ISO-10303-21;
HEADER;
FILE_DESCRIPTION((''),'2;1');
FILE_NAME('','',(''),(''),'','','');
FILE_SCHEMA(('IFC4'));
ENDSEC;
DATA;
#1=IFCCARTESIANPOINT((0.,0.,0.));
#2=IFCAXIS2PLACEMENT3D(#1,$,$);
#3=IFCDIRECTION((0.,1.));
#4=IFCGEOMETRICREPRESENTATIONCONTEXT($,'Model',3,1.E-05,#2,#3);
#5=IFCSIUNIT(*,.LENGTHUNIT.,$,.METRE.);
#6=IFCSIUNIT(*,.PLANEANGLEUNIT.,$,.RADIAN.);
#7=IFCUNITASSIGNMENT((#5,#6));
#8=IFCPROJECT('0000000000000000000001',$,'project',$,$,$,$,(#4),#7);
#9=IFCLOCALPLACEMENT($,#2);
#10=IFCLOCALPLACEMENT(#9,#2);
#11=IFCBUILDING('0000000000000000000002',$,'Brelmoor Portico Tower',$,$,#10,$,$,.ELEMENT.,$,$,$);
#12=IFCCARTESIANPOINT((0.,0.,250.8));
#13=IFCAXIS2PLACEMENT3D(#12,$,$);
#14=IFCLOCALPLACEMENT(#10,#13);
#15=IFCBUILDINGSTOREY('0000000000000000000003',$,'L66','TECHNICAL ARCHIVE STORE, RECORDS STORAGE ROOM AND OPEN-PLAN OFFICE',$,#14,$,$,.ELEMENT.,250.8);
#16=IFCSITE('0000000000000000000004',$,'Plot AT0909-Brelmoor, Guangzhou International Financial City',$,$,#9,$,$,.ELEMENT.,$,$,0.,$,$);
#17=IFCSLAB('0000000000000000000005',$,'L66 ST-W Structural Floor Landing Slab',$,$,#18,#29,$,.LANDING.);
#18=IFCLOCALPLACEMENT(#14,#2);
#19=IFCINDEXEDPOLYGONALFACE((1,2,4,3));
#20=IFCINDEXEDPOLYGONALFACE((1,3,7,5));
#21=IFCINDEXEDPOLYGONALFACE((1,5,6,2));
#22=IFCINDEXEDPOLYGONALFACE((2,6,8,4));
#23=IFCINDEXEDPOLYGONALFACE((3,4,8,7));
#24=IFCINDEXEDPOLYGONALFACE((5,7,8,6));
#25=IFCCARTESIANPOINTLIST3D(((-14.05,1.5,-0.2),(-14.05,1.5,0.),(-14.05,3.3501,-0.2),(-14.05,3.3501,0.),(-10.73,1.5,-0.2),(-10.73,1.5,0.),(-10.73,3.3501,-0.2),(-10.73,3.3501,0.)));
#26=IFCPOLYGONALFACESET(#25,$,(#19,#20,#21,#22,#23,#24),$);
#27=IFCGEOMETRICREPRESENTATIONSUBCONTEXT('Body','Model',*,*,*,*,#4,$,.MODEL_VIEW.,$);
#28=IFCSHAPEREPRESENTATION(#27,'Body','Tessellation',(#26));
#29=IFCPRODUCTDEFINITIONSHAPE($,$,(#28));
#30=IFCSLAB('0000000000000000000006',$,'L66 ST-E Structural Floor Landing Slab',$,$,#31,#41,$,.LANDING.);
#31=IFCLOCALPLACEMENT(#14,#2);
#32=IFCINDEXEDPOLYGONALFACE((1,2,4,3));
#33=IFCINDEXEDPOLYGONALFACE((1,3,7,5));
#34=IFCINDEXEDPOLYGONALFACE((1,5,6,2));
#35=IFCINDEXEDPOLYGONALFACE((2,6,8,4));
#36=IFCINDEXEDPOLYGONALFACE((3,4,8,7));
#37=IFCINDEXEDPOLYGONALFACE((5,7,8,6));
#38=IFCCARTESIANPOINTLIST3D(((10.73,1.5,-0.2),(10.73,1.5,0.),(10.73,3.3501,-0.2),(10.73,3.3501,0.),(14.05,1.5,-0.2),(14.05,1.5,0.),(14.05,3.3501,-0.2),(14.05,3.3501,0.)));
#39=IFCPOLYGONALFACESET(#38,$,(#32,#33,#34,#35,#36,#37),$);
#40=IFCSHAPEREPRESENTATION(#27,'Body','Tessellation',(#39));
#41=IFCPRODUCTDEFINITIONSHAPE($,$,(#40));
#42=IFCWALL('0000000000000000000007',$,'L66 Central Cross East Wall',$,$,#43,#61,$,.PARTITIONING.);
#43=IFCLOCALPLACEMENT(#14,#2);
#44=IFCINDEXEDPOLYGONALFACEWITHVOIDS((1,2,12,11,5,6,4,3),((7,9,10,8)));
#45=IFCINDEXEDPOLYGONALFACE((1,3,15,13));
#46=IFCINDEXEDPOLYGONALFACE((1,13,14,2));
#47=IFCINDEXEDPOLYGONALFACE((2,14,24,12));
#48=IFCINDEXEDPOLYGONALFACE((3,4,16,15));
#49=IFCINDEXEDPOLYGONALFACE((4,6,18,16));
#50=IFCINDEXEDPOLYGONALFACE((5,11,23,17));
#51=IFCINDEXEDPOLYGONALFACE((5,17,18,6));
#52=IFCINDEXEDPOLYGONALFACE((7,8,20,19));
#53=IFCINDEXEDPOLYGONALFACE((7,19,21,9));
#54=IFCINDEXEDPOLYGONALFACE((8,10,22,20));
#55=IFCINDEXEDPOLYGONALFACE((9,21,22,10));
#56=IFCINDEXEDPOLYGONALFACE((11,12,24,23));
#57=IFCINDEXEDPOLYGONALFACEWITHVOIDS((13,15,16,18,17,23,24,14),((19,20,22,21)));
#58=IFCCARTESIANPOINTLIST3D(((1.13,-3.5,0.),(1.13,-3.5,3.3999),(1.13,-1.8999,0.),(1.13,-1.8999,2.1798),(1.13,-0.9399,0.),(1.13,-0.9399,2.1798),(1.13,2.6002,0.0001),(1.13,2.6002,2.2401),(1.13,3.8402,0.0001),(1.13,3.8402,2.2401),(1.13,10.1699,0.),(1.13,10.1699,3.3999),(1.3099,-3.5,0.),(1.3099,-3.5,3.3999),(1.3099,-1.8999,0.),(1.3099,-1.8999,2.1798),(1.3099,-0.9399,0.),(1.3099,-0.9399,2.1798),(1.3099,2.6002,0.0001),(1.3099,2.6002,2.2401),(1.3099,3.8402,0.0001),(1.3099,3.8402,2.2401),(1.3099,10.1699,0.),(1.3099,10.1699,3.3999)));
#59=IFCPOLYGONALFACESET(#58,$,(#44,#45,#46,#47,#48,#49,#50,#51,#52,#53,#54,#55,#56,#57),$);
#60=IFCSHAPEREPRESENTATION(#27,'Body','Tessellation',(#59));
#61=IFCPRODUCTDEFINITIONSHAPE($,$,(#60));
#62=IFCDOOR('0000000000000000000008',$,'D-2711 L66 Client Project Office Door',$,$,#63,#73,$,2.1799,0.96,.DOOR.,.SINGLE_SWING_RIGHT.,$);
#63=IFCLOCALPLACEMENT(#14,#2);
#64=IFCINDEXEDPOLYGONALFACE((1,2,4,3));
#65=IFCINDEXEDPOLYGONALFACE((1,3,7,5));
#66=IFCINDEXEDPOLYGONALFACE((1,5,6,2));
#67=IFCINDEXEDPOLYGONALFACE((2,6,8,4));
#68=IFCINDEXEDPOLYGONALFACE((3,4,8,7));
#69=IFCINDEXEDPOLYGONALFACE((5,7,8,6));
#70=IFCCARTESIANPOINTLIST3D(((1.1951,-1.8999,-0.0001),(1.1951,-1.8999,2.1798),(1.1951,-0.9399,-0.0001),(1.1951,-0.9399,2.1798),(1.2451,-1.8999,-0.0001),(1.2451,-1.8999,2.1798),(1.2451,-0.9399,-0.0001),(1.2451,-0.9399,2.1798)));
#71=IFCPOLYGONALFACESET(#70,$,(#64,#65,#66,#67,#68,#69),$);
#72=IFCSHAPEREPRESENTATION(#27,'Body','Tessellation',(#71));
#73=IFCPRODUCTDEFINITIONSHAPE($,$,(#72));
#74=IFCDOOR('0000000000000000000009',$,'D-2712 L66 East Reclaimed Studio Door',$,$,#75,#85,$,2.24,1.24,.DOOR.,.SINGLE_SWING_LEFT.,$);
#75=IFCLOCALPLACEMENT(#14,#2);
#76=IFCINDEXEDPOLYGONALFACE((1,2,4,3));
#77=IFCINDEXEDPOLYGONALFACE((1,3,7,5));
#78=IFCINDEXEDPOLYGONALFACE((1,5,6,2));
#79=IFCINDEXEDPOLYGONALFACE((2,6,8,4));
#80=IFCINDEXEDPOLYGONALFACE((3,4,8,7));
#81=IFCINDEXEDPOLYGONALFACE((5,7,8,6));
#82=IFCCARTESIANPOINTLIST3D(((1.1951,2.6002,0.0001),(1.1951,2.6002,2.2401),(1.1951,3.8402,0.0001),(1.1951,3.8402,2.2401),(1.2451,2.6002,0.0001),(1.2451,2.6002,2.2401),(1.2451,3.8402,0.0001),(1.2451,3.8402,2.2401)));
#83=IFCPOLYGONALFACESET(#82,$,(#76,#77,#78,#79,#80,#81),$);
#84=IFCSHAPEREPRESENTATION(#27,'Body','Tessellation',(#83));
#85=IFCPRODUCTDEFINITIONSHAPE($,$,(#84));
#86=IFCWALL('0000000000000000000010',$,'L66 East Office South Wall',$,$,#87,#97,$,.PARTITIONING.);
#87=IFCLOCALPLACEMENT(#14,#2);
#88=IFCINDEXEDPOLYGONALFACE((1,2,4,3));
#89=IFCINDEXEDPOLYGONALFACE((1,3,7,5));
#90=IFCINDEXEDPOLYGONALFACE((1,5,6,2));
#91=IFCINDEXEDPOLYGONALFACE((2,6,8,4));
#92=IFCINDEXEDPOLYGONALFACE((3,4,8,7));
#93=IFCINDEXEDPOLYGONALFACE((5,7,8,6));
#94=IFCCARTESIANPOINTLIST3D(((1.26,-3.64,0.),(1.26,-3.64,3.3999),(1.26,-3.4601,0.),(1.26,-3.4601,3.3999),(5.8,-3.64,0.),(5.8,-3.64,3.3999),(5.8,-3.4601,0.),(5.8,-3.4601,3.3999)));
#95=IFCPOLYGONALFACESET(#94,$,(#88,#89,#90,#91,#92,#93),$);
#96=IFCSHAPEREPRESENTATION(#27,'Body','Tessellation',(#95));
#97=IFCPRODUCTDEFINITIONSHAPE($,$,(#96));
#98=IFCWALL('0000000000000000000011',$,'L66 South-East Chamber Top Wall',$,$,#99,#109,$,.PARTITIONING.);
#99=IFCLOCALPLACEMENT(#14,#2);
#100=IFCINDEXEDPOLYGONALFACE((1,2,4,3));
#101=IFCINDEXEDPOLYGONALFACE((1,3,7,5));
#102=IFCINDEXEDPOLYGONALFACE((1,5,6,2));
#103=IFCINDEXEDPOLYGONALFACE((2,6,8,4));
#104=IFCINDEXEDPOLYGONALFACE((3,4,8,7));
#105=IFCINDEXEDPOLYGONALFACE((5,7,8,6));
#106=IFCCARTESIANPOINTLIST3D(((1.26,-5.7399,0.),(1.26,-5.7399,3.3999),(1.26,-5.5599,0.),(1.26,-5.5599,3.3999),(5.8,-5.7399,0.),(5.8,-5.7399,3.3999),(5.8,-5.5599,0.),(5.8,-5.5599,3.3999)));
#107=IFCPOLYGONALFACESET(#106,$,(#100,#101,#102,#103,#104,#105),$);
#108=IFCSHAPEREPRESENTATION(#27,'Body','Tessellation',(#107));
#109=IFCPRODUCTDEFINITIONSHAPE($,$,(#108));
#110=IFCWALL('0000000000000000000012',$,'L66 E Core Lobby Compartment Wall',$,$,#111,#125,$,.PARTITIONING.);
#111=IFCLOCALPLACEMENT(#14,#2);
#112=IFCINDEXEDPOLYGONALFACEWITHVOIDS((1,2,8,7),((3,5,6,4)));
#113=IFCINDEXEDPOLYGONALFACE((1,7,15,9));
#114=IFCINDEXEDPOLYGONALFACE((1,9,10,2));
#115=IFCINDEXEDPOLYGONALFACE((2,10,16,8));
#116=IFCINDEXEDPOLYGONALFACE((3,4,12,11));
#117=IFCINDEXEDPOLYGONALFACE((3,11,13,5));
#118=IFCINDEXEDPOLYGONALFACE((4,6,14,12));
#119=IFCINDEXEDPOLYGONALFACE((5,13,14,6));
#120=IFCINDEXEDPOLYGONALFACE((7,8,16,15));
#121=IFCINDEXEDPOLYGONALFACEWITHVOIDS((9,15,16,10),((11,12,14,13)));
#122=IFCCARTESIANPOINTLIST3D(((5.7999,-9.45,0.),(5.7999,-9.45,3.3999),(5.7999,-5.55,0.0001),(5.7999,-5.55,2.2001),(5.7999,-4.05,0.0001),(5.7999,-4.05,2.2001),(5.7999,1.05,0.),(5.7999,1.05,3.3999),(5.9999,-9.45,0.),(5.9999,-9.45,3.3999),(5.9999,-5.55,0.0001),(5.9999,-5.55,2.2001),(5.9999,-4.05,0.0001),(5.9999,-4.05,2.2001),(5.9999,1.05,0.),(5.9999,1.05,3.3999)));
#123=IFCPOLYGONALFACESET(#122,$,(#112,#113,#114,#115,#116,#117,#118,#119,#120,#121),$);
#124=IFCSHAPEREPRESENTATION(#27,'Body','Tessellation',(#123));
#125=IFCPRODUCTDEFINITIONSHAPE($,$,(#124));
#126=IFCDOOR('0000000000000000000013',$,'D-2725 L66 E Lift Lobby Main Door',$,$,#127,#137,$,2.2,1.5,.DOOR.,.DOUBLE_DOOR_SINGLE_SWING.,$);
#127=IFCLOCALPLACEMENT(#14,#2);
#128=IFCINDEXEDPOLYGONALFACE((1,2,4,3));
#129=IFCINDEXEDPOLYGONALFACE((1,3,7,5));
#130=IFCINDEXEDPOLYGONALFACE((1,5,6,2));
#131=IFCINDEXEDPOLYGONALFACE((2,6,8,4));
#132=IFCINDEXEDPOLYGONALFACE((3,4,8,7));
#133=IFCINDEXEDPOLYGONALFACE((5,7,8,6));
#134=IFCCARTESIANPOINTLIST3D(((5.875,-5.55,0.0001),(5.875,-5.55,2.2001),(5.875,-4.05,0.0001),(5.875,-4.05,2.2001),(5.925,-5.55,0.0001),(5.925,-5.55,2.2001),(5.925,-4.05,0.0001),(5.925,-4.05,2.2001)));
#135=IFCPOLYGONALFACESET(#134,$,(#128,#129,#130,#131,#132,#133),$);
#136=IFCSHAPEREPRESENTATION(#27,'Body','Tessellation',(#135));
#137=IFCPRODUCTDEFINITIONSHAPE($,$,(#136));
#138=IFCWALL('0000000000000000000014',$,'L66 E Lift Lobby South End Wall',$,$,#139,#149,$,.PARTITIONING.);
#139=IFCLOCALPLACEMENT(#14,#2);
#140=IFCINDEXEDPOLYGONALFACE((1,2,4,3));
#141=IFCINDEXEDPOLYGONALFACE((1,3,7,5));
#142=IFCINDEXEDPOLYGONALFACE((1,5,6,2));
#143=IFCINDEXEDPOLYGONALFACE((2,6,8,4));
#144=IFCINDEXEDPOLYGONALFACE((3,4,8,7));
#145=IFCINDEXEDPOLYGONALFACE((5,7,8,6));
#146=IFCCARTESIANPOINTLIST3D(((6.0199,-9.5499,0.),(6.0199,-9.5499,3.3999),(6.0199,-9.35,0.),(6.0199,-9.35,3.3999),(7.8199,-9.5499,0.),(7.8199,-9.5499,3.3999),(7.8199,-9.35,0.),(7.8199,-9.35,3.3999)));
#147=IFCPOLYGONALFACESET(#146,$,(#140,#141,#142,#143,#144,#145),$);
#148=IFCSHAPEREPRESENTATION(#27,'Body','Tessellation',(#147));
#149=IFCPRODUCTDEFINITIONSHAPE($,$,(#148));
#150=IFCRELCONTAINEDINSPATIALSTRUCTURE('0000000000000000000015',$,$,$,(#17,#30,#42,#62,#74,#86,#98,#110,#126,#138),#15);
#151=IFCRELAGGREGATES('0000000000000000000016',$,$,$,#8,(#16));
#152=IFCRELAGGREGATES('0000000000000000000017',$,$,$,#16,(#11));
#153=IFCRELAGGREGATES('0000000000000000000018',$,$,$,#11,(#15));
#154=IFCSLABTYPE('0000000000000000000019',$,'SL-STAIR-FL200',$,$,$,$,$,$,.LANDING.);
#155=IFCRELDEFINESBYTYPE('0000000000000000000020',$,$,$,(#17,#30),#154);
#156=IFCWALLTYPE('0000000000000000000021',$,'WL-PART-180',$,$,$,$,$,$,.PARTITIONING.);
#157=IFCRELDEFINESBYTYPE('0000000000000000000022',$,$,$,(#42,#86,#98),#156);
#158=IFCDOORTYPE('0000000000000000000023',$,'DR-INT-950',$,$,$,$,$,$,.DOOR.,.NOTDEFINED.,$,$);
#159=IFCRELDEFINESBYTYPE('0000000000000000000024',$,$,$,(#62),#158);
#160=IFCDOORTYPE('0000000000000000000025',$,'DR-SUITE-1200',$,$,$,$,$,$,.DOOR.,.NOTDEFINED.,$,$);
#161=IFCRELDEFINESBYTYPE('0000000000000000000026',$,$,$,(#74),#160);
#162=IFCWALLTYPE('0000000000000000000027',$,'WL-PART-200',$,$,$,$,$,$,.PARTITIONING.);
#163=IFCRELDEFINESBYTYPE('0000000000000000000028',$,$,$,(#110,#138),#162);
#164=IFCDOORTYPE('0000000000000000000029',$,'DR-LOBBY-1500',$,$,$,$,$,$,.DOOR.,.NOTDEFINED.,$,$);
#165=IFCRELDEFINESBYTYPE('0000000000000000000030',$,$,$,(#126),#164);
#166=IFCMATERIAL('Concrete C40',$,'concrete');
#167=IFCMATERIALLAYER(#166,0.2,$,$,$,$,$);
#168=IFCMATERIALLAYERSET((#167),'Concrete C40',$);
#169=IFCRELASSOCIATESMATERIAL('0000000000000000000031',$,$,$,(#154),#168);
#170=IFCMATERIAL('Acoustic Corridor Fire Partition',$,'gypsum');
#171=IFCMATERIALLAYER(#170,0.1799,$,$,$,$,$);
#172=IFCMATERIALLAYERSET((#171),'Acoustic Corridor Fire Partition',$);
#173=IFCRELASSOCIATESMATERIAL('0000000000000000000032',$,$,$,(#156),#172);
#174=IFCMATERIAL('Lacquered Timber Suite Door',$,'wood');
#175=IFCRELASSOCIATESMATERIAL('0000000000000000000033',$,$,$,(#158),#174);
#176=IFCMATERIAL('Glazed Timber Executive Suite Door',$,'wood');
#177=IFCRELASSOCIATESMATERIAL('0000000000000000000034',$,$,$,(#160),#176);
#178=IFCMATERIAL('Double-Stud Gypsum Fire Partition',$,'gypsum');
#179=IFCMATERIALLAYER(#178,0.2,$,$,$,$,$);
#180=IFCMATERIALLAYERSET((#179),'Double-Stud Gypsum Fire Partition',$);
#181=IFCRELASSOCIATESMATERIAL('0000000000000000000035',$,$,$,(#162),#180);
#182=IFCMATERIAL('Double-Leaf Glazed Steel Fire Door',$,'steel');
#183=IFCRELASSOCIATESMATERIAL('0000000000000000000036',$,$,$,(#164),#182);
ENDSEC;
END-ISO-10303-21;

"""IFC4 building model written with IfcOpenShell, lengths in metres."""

from ifc_helpers import new_model, si_unit, direction, frame, frame_2d, origin, place, context, subcontext, project, spatial, polyline, rectangle, outline, extrude, material, layer, layer_set, type_object, element, fill, save


model = new_model("IFC4")

# Units and contexts
model_context = context("Model", 3, precision=1e-05, world=origin(), true_north=direction((0.0, 1.0)))
body_context = subcontext(model_context, "Body", "Model", "MODEL_VIEW")
ifc_project = project(units=[si_unit("LENGTHUNIT", "METRE"), si_unit("PLANEANGLEUNIT", "RADIAN")], contexts=[model_context])

# Site, building, storey
site_placement = place(None, origin())
site = spatial("IfcSite", under=ifc_project, at=site_placement, Name="Plot AT0909-Brelmoor, Guangzhou International Financial City", CompositionType="ELEMENT", RefElevation=0.0)
building_placement = place(site_placement, origin())
building = spatial("IfcBuilding", under=site, at=building_placement, Name="Brelmoor Portico Tower", CompositionType="ELEMENT")
storey_placement = place(building_placement, frame((0.0, 0.0, 250.8)))
storey = spatial("IfcBuildingStorey", under=building, at=storey_placement, Name="L66", Description="TECHNICAL ARCHIVE STORE, RECORDS STORAGE ROOM AND OPEN-PLAN OFFICE", CompositionType="ELEMENT", Elevation=250.8)

# Slabs
ifc_material_1 = material(Name="Concrete C40", Category="concrete")
ifc_layer_1 = layer(ifc_material_1, 0.2)
ifc_layer_set_1 = layer_set([ifc_layer_1], Name="Concrete C40")
slab_type = type_object("IfcSlabType", Name="SL-STAIR-FL200", PredefinedType="LANDING", material=ifc_layer_set_1)
slab_1_placement = place(storey_placement, frame((0.0, 0.0, -0.2)))
element("IfcSlab", 1, at=slab_1_placement, inside=storey, type_object=slab_type, Name="L66 ST-W Structural Floor Landing Slab", PredefinedType="LANDING", context=body_context, shape_type="SweptSolid", body=[
    extrude(outline(polyline([(-10.73, 1.5), (-10.73, 3.3501), (-14.05, 3.3501), (-14.05, 1.5), (-10.73, 1.5)])), origin(), (0.0, 0.0, 1.0), 0.2),
])
slab_2_placement = place(storey_placement, frame((0.0, 0.0, -0.2)))
element("IfcSlab", 2, at=slab_2_placement, inside=storey, type_object=slab_type, Name="L66 ST-E Structural Floor Landing Slab", PredefinedType="LANDING", context=body_context, shape_type="SweptSolid", body=[
    extrude(outline(polyline([(14.05, 1.5), (14.05, 3.3501), (10.73, 3.3501), (10.73, 1.5), (14.05, 1.5)])), origin(), (0.0, 0.0, 1.0), 0.2),
])

# Shared definitions
ifc_material_2 = material(Name="Lacquered Timber Suite Door", Category="wood")

# Wall, openings, doors
ifc_material_3 = material(Name="Acoustic Corridor Fire Partition", Category="gypsum")
ifc_layer_2 = layer(ifc_material_3, 0.1799)
ifc_layer_set_2 = layer_set([ifc_layer_2], Name="Acoustic Corridor Fire Partition")
wall_type_1 = type_object("IfcWallType", Name="WL-PART-180", PredefinedType="PARTITIONING", material=ifc_layer_set_2)
wall_1_placement = place(storey_placement, frame((1.22, -3.5, 0.0), z_axis=(0.0, 0.0, 1.0), x_axis=(0.0, 1.0, 0.0)))
wall_1 = element("IfcWall", 3, at=wall_1_placement, inside=storey, type_object=wall_type_1, Name="L66 Central Cross East Wall", PredefinedType="PARTITIONING", context=body_context, shape_type="SweptSolid", body=[
    extrude(rectangle(XDim=13.6699, YDim=0.1799, at=frame_2d((6.835, 0.0))), origin(), (0.0, 0.0, 1.0), 3.3999),
])
opening_1_placement = place(wall_1_placement, frame((6.1001, 0.0, 0.0)))
opening_1 = element("IfcOpeningElement", 4, at=opening_1_placement, cuts=wall_1, PredefinedType="OPENING", context=body_context, shape_type="SweptSolid", body=[
    extrude(rectangle(XDim=1.24, YDim=2.24, at=frame_2d((0.6201, 1.1201))), frame((0.0, 0.0999, 0.0), z_axis=(0.0, -1.0, 0.0), x_axis=(1.0, 0.0, 0.0)), (0.0, 0.0, 1.0), 0.2),
])
opening_2_placement = place(wall_1_placement, frame((1.6001, 0.0, 0.0)))
opening_2 = element("IfcOpeningElement", 5, at=opening_2_placement, cuts=wall_1, PredefinedType="OPENING", context=body_context, shape_type="SweptSolid", body=[
    extrude(rectangle(XDim=0.96, YDim=2.1799, at=frame_2d((0.48, 1.0898))), frame((0.0, 0.0999, 0.0), z_axis=(0.0, -1.0, 0.0), x_axis=(1.0, 0.0, 0.0)), (0.0, 0.0, 1.0), 0.2),
])
door_type_1 = type_object("IfcDoorType", Name="DR-INT-950", OperationType="NOTDEFINED", PredefinedType="DOOR", material=ifc_material_2)
door_1_placement = place(opening_2_placement, origin())
door_1 = element("IfcDoor", 6, at=door_1_placement, inside=storey, type_object=door_type_1, Name="D-2711 L66 Client Project Office Door", OperationType="SINGLE_SWING_RIGHT", OverallHeight=2.1799, OverallWidth=0.96, PredefinedType="DOOR", context=body_context, shape_type="SweptSolid", body=[
    extrude(rectangle(XDim=0.96, YDim=2.1799, at=frame_2d((0.48, 1.0898))), frame((0.0, 0.0249, 0.0), z_axis=(0.0, -1.0, 0.0), x_axis=(1.0, 0.0, 0.0)), (0.0, 0.0, 1.0), 0.05),
])
fill(opening_2, door_1)
ifc_material_4 = material(Name="Glazed Timber Executive Suite Door", Category="wood")
door_type_2 = type_object("IfcDoorType", Name="DR-SUITE-1200", OperationType="NOTDEFINED", PredefinedType="DOOR", material=ifc_material_4)
door_2_placement = place(opening_1_placement, origin())
door_2 = element("IfcDoor", 7, at=door_2_placement, inside=storey, type_object=door_type_2, Name="D-2712 L66 East Reclaimed Studio Door", OperationType="SINGLE_SWING_LEFT", OverallHeight=2.24, OverallWidth=1.24, PredefinedType="DOOR", context=body_context, shape_type="SweptSolid", body=[
    extrude(rectangle(XDim=1.24, YDim=2.24, at=frame_2d((0.6201, 1.1201))), frame((0.0, 0.0249, 0.0), z_axis=(0.0, -1.0, 0.0), x_axis=(1.0, 0.0, 0.0)), (0.0, 0.0, 1.0), 0.05),
])
fill(opening_1, door_2)

# Walls
for number, where, z_axis, x_axis, name in (
    (8, (1.26, -3.55, 0.0), (0.0, 0.0, 1.0), (1.0, 0.0, 0.0), "L66 East Office South Wall"),
    (9, (1.26, -5.6499, 0.0), (0.0, 0.0, 1.0), (1.0, 0.0, 0.0), "L66 South-East Chamber Top Wall"),
):
    element("IfcWall", number, at=place(storey_placement, frame(where, z_axis=z_axis, x_axis=x_axis)), inside=storey, type_object=wall_type_1, Name=name, PredefinedType="PARTITIONING", context=body_context, shape_type="SweptSolid", body=[
        extrude(rectangle(XDim=4.54, YDim=0.1799, at=frame_2d((2.27, 0.0))), origin(), (0.0, 0.0, 1.0), 3.3999),
    ])

# Wall, opening, door
ifc_material_5 = material(Name="Double-Stud Gypsum Fire Partition", Category="gypsum")
ifc_layer_3 = layer(ifc_material_5, 0.2)
ifc_layer_set_3 = layer_set([ifc_layer_3], Name="Double-Stud Gypsum Fire Partition")
wall_type_2 = type_object("IfcWallType", Name="WL-PART-200", PredefinedType="PARTITIONING", material=ifc_layer_set_3)
wall_2_placement = place(storey_placement, frame((5.8999, -9.45, 0.0), z_axis=(0.0, 0.0, 1.0), x_axis=(0.0, 1.0, 0.0)))
wall_2 = element("IfcWall", 10, at=wall_2_placement, inside=storey, type_object=wall_type_2, Name="L66 E Core Lobby Compartment Wall", PredefinedType="PARTITIONING", context=body_context, shape_type="SweptSolid", body=[
    extrude(rectangle(XDim=10.5, YDim=0.2, at=frame_2d((5.25, 0.0))), origin(), (0.0, 0.0, 1.0), 3.3999),
])
opening_3_placement = place(wall_2_placement, frame((3.8999, 0.0, 0.0)))
opening_3 = element("IfcOpeningElement", 11, at=opening_3_placement, cuts=wall_2, PredefinedType="OPENING", context=body_context, shape_type="SweptSolid", body=[
    extrude(rectangle(XDim=1.5, YDim=2.2, at=frame_2d((0.75, 1.1001))), frame((0.0, 0.1099, 0.0), z_axis=(0.0, -1.0, 0.0), x_axis=(1.0, 0.0, 0.0)), (0.0, 0.0, 1.0), 0.22),
])
ifc_material_6 = material(Name="Double-Leaf Glazed Steel Fire Door", Category="steel")
door_type_3 = type_object("IfcDoorType", Name="DR-LOBBY-1500", OperationType="NOTDEFINED", PredefinedType="DOOR", material=ifc_material_6)
door_3_placement = place(opening_3_placement, origin())
door_3 = element("IfcDoor", 12, at=door_3_placement, inside=storey, type_object=door_type_3, Name="D-2725 L66 E Lift Lobby Main Door", OperationType="DOUBLE_DOOR_SINGLE_SWING", OverallHeight=2.2, OverallWidth=1.5, PredefinedType="DOOR", context=body_context, shape_type="SweptSolid", body=[
    extrude(rectangle(XDim=1.5, YDim=2.2, at=frame_2d((0.75, 1.1001))), frame((0.0, 0.0249, 0.0), z_axis=(0.0, -1.0, 0.0), x_axis=(1.0, 0.0, 0.0)), (0.0, 0.0, 1.0), 0.05),
])
fill(opening_3, door_3)

# Wall
wall_3_placement = place(storey_placement, frame((6.02, -9.45, 0.0), z_axis=(0.0, 0.0, 1.0), x_axis=(1.0, 0.0, 0.0)))
element("IfcWall", 13, at=wall_3_placement, inside=storey, type_object=wall_type_2, Name="L66 E Lift Lobby South End Wall", PredefinedType="PARTITIONING", context=body_context, shape_type="SweptSolid", body=[
    extrude(rectangle(XDim=1.8, YDim=0.2, at=frame_2d((0.8999, 0.0))), origin(), (0.0, 0.0, 1.0), 3.3999),
])

save(model, "model.ifc")
